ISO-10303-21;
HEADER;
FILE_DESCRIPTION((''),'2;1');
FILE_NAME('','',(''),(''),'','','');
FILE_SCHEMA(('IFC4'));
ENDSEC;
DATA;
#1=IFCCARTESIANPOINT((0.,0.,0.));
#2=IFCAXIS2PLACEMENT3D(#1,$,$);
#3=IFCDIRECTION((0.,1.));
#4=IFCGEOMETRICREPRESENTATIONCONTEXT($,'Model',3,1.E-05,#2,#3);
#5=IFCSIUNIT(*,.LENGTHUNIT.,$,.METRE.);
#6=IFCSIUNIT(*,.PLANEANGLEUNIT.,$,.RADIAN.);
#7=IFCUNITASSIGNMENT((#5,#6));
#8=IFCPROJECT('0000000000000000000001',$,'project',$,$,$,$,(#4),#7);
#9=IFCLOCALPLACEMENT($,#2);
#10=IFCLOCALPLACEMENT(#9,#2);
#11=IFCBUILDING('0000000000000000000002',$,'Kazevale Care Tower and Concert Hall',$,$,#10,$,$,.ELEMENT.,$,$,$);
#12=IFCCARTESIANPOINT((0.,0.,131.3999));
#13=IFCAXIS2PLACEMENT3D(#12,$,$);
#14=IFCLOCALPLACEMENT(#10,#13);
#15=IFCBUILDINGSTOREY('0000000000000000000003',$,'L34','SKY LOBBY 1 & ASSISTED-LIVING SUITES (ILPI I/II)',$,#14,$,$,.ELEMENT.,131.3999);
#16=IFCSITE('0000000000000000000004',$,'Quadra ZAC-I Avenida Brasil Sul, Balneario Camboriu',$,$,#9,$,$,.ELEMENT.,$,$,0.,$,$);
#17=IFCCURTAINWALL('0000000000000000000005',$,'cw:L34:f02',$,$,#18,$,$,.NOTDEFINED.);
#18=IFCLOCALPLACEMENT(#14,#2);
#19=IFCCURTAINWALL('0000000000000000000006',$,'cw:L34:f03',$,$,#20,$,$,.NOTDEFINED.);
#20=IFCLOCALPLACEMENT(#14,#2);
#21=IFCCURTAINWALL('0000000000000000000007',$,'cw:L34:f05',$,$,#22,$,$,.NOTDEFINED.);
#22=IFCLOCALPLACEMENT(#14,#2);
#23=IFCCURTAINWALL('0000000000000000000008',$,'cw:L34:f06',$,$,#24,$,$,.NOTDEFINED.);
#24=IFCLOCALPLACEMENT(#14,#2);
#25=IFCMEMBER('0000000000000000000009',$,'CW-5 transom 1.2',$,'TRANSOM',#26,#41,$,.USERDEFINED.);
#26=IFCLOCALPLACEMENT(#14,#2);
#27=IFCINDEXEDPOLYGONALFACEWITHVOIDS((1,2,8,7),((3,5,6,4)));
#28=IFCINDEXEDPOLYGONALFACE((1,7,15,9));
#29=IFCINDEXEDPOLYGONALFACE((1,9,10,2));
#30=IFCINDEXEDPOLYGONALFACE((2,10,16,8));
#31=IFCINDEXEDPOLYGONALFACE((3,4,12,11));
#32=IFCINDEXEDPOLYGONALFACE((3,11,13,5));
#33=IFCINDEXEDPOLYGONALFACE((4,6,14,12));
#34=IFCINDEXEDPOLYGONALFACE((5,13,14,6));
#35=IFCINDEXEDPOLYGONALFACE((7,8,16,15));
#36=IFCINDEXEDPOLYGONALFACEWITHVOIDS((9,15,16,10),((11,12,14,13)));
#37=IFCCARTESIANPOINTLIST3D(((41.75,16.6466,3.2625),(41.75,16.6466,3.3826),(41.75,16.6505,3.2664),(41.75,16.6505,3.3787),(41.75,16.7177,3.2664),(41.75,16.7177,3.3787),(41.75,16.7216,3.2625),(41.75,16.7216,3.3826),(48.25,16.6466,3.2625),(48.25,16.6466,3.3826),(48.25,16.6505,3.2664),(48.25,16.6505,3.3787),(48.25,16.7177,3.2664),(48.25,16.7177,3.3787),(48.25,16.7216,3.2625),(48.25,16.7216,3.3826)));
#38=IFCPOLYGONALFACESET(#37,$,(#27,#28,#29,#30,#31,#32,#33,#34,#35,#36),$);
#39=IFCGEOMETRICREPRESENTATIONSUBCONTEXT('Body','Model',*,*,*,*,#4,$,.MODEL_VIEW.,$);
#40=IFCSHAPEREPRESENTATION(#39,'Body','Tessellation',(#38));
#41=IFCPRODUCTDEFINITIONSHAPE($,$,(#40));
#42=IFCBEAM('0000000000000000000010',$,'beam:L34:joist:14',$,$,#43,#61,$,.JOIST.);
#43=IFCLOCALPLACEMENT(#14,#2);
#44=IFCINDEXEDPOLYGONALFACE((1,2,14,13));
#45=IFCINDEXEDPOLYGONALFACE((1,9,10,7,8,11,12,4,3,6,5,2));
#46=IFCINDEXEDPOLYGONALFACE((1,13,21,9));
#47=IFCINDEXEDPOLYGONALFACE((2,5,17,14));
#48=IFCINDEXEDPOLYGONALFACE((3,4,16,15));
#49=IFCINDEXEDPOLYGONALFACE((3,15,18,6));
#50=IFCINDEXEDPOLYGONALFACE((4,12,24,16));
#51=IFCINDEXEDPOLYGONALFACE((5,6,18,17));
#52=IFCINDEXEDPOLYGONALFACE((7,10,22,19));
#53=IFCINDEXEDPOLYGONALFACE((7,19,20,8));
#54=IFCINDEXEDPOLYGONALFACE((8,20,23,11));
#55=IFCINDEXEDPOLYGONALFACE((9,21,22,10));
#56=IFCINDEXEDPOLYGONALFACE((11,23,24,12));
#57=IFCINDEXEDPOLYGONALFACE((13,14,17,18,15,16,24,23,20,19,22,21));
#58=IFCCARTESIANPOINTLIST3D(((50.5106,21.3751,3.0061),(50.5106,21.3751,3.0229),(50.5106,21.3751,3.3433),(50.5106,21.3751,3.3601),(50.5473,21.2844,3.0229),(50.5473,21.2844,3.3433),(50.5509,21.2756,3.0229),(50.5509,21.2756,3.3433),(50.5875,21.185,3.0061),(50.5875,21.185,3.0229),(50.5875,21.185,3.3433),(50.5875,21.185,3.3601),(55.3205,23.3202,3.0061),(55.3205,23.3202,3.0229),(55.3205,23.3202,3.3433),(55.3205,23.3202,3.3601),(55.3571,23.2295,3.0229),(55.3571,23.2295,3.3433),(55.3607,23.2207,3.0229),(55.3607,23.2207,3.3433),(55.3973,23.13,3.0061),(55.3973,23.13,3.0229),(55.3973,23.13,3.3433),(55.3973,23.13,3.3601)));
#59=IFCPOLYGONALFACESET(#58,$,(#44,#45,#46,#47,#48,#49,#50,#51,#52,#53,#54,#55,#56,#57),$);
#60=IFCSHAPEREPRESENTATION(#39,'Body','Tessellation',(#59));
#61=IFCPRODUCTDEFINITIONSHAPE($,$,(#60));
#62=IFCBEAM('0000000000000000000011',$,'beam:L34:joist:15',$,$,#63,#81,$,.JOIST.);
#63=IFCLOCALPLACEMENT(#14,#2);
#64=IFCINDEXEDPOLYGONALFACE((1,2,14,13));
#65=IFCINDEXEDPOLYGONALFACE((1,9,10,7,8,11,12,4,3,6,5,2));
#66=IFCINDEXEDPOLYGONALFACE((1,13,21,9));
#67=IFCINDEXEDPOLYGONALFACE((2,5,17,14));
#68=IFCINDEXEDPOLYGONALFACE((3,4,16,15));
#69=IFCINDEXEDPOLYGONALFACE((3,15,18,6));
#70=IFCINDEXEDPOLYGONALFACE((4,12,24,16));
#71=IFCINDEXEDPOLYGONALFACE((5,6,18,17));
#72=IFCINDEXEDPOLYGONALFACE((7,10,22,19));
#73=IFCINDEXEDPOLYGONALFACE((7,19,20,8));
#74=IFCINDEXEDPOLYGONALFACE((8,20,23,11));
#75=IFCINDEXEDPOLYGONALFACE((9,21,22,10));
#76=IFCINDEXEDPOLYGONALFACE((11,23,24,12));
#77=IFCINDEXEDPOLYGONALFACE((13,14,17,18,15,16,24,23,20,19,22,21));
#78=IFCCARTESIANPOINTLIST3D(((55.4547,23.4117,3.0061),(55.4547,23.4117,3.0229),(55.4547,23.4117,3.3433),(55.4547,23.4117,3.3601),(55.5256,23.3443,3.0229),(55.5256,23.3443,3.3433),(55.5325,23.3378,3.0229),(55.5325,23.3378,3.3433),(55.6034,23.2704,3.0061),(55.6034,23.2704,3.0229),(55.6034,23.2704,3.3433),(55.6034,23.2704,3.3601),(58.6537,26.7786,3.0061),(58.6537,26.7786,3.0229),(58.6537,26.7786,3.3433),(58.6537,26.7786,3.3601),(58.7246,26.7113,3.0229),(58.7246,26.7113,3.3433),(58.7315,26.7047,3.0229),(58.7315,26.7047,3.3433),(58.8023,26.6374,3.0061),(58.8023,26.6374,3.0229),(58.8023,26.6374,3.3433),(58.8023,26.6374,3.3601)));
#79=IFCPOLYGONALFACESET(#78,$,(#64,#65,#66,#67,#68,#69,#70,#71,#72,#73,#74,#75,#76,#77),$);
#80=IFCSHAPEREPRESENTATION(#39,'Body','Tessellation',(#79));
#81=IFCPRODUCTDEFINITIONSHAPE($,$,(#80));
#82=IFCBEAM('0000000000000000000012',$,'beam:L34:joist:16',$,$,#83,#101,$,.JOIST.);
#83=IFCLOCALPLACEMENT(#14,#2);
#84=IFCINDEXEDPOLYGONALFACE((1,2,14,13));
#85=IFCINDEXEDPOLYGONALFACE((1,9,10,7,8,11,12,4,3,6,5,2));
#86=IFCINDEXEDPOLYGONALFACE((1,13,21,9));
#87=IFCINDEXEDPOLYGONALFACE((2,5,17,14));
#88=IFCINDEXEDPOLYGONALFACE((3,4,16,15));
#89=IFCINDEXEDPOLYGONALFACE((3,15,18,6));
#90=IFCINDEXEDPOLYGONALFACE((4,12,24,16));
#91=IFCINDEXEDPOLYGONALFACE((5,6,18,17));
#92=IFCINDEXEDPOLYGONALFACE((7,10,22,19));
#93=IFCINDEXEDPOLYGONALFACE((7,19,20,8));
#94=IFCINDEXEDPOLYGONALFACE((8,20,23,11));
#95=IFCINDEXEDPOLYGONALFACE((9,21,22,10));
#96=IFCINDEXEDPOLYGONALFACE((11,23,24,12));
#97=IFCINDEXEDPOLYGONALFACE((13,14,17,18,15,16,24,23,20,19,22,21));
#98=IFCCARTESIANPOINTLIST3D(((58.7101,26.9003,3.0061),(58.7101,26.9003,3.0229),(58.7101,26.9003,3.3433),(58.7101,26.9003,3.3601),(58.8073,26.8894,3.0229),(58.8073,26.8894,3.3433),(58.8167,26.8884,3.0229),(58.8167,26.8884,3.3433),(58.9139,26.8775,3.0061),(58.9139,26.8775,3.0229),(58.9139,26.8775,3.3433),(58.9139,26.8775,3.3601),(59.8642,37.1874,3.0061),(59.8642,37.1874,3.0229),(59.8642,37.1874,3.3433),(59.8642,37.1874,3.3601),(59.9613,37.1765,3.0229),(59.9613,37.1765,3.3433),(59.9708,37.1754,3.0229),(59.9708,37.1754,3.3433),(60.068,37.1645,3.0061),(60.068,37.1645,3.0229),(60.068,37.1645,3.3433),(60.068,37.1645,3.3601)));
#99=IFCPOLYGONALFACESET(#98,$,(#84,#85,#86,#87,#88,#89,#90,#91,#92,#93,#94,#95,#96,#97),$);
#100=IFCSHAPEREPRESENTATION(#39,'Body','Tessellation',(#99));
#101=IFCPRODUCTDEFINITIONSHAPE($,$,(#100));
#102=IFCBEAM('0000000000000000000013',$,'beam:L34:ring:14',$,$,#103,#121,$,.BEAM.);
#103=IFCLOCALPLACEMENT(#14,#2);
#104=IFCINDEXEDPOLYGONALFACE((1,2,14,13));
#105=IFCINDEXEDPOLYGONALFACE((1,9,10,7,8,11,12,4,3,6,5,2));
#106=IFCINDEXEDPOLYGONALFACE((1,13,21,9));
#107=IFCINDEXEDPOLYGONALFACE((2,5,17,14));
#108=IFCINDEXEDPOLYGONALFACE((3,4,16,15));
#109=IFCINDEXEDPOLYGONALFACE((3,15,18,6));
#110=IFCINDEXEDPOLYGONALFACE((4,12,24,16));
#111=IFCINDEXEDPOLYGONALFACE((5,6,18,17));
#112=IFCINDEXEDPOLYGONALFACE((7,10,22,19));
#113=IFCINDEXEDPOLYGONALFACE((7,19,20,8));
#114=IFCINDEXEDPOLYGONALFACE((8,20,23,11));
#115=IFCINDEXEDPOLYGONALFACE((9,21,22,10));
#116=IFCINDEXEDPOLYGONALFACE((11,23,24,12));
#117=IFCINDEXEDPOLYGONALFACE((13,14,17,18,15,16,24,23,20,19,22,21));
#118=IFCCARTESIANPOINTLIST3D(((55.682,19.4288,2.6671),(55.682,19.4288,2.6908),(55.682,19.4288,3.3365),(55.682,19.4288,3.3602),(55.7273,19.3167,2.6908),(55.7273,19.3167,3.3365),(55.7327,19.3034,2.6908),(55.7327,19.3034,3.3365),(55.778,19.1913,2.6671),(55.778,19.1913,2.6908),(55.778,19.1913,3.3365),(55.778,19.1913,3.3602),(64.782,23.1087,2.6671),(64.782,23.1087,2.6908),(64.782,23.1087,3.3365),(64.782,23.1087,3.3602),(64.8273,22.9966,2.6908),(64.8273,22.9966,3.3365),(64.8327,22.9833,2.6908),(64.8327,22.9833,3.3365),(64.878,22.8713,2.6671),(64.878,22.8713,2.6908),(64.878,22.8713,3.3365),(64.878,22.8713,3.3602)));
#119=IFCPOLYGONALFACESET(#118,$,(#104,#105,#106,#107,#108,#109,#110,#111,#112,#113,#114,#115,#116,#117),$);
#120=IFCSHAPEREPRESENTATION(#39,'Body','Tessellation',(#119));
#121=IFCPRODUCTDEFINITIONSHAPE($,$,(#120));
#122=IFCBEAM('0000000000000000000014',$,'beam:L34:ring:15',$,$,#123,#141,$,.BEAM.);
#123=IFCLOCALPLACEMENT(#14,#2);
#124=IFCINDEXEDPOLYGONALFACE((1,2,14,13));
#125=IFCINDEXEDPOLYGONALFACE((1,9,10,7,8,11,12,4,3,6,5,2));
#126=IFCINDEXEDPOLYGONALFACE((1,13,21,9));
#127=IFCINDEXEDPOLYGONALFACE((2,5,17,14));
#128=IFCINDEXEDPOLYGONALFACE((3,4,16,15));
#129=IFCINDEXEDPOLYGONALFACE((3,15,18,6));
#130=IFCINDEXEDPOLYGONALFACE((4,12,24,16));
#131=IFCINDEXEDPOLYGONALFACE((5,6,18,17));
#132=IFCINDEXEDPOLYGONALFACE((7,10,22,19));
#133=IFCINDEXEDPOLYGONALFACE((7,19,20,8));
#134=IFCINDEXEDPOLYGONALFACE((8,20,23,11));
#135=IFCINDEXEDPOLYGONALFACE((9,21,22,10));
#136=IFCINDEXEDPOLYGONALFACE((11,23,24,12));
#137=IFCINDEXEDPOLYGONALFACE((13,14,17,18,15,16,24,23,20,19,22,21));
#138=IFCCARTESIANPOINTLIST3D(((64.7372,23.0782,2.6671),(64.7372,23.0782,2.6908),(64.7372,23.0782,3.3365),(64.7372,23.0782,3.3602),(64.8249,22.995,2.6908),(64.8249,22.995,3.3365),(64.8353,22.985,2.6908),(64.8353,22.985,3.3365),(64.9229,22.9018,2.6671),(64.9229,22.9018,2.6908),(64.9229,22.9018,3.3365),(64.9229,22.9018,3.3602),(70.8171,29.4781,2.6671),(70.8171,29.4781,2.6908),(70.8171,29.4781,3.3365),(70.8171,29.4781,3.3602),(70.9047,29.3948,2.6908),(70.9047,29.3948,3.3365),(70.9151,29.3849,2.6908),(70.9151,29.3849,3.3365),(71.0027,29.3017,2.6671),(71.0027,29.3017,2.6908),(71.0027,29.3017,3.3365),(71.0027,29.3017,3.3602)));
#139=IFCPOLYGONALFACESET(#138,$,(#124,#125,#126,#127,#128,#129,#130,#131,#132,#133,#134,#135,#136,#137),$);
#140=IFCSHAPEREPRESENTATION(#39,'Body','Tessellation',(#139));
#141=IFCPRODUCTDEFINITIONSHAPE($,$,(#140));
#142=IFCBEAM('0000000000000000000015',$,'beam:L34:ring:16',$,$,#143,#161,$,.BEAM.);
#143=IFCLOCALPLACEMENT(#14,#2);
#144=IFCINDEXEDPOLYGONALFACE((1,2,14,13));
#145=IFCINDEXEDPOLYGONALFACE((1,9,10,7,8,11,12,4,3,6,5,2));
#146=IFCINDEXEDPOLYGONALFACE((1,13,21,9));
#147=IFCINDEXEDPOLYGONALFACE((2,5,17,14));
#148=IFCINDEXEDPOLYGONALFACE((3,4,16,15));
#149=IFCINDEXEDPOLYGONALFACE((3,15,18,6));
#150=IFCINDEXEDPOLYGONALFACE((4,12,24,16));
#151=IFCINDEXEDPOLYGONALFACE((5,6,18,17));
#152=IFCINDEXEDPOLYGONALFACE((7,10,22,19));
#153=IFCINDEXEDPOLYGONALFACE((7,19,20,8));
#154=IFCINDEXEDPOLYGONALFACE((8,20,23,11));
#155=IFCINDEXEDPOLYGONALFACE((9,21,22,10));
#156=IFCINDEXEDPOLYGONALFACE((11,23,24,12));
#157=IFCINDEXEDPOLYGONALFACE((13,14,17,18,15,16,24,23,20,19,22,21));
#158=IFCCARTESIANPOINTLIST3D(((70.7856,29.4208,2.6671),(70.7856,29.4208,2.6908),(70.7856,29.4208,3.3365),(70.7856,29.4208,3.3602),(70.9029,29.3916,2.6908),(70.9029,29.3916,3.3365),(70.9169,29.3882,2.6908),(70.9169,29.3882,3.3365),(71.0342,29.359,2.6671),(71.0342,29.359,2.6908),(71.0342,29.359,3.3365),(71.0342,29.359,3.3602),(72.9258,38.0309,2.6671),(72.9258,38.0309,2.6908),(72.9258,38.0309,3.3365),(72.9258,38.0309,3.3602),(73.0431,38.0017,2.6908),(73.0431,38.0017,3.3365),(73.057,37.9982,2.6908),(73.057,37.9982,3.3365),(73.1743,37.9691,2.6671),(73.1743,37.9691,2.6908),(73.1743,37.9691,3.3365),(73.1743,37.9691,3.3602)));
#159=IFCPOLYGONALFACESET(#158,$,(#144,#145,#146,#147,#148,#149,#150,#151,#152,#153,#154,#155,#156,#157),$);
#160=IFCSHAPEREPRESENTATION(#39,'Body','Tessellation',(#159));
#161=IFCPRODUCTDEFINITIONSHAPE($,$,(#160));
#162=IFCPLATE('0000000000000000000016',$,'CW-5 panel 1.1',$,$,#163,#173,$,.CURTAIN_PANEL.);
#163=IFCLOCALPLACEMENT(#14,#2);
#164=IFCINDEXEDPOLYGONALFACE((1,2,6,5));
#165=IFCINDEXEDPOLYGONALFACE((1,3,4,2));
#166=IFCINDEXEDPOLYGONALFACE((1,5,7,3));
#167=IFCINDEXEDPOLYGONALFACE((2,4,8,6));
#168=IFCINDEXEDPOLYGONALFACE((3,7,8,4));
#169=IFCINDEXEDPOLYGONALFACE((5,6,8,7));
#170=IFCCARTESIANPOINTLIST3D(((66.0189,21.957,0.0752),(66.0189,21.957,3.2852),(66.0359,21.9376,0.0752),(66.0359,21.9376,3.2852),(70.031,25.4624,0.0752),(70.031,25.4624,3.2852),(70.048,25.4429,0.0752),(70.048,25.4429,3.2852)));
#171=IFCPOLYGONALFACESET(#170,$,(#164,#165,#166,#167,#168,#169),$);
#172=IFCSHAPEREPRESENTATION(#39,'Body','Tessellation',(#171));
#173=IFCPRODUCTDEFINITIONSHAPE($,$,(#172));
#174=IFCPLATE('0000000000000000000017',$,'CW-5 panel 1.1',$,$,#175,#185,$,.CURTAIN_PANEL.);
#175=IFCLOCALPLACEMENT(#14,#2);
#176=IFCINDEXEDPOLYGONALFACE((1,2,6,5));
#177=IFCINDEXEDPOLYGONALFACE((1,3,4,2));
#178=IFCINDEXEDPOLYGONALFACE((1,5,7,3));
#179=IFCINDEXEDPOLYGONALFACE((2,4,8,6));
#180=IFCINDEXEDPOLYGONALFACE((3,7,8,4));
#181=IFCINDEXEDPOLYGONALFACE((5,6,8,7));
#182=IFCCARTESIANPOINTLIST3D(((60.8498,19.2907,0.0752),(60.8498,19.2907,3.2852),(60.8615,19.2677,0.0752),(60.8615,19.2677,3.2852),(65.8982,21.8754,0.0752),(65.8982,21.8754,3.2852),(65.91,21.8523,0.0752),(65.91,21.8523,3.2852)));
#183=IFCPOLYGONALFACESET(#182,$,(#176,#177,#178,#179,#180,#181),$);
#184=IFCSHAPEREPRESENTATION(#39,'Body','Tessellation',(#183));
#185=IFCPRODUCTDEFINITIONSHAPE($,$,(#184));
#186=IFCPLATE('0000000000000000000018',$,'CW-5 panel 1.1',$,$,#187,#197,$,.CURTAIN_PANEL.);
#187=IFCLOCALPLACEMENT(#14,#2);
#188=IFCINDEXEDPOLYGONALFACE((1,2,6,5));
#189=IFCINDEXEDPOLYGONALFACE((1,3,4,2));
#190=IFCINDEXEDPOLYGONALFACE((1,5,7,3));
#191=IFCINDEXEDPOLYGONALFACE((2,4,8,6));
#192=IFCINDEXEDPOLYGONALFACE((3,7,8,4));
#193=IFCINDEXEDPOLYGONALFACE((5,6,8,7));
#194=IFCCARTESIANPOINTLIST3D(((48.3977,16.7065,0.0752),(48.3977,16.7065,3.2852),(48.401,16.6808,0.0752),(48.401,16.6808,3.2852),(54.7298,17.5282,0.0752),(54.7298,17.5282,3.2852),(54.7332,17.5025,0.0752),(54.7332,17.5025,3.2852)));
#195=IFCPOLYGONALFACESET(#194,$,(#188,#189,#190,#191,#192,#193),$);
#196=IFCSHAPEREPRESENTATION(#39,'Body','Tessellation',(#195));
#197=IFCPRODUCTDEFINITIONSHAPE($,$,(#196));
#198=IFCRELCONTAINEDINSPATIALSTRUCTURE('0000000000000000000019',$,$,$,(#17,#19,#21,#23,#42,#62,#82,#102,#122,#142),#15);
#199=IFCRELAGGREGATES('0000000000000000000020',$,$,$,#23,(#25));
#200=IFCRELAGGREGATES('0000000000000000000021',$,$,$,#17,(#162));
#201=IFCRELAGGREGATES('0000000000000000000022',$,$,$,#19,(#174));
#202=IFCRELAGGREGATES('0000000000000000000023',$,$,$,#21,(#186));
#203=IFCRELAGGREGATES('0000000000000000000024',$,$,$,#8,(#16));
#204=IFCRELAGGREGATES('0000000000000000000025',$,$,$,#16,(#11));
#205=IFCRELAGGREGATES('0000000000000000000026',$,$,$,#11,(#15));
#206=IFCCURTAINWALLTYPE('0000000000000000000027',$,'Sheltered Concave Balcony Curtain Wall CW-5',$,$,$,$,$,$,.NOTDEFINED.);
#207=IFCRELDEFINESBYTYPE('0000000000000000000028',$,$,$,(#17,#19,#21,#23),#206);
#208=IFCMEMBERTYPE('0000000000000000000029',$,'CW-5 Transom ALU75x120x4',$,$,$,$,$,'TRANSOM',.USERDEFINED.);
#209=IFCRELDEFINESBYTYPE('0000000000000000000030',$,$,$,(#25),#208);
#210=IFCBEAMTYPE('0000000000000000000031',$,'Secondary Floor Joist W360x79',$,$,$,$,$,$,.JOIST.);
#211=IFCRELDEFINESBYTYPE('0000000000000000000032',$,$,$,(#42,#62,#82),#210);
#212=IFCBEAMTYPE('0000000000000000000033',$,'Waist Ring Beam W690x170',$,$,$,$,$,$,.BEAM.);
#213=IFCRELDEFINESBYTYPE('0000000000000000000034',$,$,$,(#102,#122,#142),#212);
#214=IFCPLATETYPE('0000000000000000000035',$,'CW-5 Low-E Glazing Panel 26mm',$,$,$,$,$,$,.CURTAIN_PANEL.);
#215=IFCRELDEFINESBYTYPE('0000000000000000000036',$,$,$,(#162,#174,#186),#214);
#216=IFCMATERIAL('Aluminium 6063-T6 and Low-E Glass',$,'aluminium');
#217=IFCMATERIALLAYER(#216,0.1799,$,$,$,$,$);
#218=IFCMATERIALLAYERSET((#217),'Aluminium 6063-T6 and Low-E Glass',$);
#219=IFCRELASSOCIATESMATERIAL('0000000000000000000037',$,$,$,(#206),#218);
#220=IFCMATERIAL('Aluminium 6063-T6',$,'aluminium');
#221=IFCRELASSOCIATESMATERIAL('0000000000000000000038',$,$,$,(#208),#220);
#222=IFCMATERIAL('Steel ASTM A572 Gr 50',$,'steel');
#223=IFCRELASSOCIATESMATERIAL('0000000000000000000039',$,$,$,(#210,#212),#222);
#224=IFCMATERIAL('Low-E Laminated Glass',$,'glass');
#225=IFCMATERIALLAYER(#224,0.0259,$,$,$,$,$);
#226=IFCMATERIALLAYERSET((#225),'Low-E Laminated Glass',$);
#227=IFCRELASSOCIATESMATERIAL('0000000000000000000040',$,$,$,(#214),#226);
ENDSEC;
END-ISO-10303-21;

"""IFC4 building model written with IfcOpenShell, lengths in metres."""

from ifc_helpers import new_model, si_unit, direction, frame, origin, origin_2d, place, context, subcontext, project, spatial, rectangle, hollow_rectangle, i_section, extrude, material, layer, layer_set, material_profile, profile_set, type_object, element, aggregate, save


model = new_model("IFC4")

# Units and contexts
model_context = context("Model", 3, precision=1e-05, world=origin(), true_north=direction((0.0, 1.0)))
body_context = subcontext(model_context, "Body", "Model", "MODEL_VIEW")
ifc_project = project(units=[si_unit("LENGTHUNIT", "METRE"), si_unit("PLANEANGLEUNIT", "RADIAN")], contexts=[model_context])

# Site, building, storey
site_placement = place(None, origin())
site = spatial("IfcSite", under=ifc_project, at=site_placement, Name="Quadra ZAC-I Avenida Brasil Sul, Balneario Camboriu", CompositionType="ELEMENT", RefElevation=0.0)
building_placement = place(site_placement, origin())
building = spatial("IfcBuilding", under=site, at=building_placement, Name="Kazevale Care Tower and Concert Hall", CompositionType="ELEMENT")
storey_placement = place(building_placement, frame((0.0, 0.0, 131.3999)))
storey = spatial("IfcBuildingStorey", under=building, at=storey_placement, Name="L34", Description="SKY LOBBY 1 & ASSISTED-LIVING SUITES (ILPI I/II)", CompositionType="ELEMENT", Elevation=131.3999)

# Curtain walls
ifc_material_1 = material(Name="Aluminium 6063-T6 and Low-E Glass", Category="aluminium")
ifc_layer_1 = layer(ifc_material_1, 0.1799)
ifc_layer_set_1 = layer_set([ifc_layer_1], Name="Aluminium 6063-T6 and Low-E Glass")
curtain_wall_type = type_object("IfcCurtainWallType", Name="Sheltered Concave Balcony Curtain Wall CW-5", PredefinedType="NOTDEFINED", material=ifc_layer_set_1)
curtain_wall_1_placement = place(storey_placement, origin())
curtain_wall_1 = element("IfcCurtainWall", 1, at=curtain_wall_1_placement, inside=storey, type_object=curtain_wall_type, Name="cw:L34:f02", PredefinedType="NOTDEFINED")
ifc_material_2 = material(Name="Aluminium 6063-T6", Category="aluminium")
curtain_wall_2_placement = place(storey_placement, origin())
curtain_wall_2 = element("IfcCurtainWall", 2, at=curtain_wall_2_placement, inside=storey, type_object=curtain_wall_type, Name="cw:L34:f03", PredefinedType="NOTDEFINED")
curtain_wall_3_placement = place(storey_placement, origin())
curtain_wall_3 = element("IfcCurtainWall", 3, at=curtain_wall_3_placement, inside=storey, type_object=curtain_wall_type, Name="cw:L34:f05", PredefinedType="NOTDEFINED")

# Curtain wall
curtain_wall_4_placement = place(storey_placement, origin())
curtain_wall_4 = element("IfcCurtainWall", 4, at=curtain_wall_4_placement, inside=storey, type_object=curtain_wall_type, Name="cw:L34:f06", PredefinedType="NOTDEFINED")

# Member
ifc_material_profile_1 = material_profile(ifc_material_2, hollow_rectangle(XDim=0.075, YDim=0.1201, WallThickness=0.0039, at=origin_2d()), Name="ALU75x120x4")
ifc_profile_set_1 = profile_set([ifc_material_profile_1], Name="Aluminium 6063-T6")
member_type_1 = type_object("IfcMemberType", Name="CW-5 Transom ALU75x120x4", ElementType="TRANSOM", PredefinedType="USERDEFINED", material=ifc_profile_set_1)
member_1_placement = place(storey_placement, frame((48.25, 16.6841, 3.3225), z_axis=(-1.0, 0.0, 0.0), x_axis=(0.0, -1.0, 0.0)))
member_1 = element("IfcMember", 5, at=member_1_placement, type_object=member_type_1, Name="CW-5 transom 1.2", ObjectType="TRANSOM", PredefinedType="USERDEFINED", context=body_context, shape_type="SweptSolid", body=[
    extrude(hollow_rectangle(XDim=0.075, YDim=0.1201, WallThickness=0.0039, at=origin_2d()), origin(), (0.0, 0.0, 1.0), 6.5),
])
aggregate(curtain_wall_4, [member_1])

# Beams
ifc_material_3 = material(Name="Steel ASTM A572 Gr 50", Category="steel")
ifc_material_profile_2 = material_profile(ifc_material_3, i_section(OverallWidth=0.2051, OverallDepth=0.354, WebThickness=0.0095, FlangeThickness=0.0168, at=origin_2d()), Name="W360x79")
ifc_profile_set_2 = profile_set([ifc_material_profile_2], Name="Steel ASTM A572 Gr 50")
beam_type_1 = type_object("IfcBeamType", Name="Secondary Floor Joist W360x79", PredefinedType="JOIST", material=ifc_profile_set_2)
beam_1_placement = place(storey_placement, frame((50.5491, 21.28, 3.1831), z_axis=(0.927065, 0.374901, 0.0), x_axis=(-0.374901, 0.927065, 0.0)))
element("IfcBeam", 6, at=beam_1_placement, inside=storey, type_object=beam_type_1, Name="beam:L34:joist:14", PredefinedType="JOIST", context=body_context, shape_type="SweptSolid", body=[
    extrude(i_section(OverallWidth=0.2051, OverallDepth=0.354, WebThickness=0.0095, FlangeThickness=0.0168, at=origin_2d()), origin(), (0.0, 0.0, 1.0), 5.1882),
])
beam_2_placement = place(storey_placement, frame((55.5291, 23.3411, 3.1831), z_axis=(0.688792, 0.724959, 0.0), x_axis=(-0.724959, 0.688792, 0.0)))
element("IfcBeam", 7, at=beam_2_placement, inside=storey, type_object=beam_type_1, Name="beam:L34:joist:15", PredefinedType="JOIST", context=body_context, shape_type="SweptSolid", body=[
    extrude(i_section(OverallWidth=0.2051, OverallDepth=0.354, WebThickness=0.0095, FlangeThickness=0.0168, at=origin_2d()), origin(), (0.0, 0.0, 1.0), 4.6443),
])
beam_3_placement = place(storey_placement, frame((58.812, 26.8889, 3.1831), z_axis=(0.111485, 0.993766, 0.0), x_axis=(-0.993766, 0.111485, 0.0)))
element("IfcBeam", 8, at=beam_3_placement, inside=storey, type_object=beam_type_1, Name="beam:L34:joist:16", PredefinedType="JOIST", context=body_context, shape_type="SweptSolid", body=[
    extrude(i_section(OverallWidth=0.2051, OverallDepth=0.354, WebThickness=0.0095, FlangeThickness=0.0168, at=origin_2d()), origin(), (0.0, 0.0, 1.0), 10.3516),
])
ifc_material_profile_3 = material_profile(ifc_material_3, i_section(OverallWidth=0.2561, OverallDepth=0.6931, WebThickness=0.0144, FlangeThickness=0.0237, at=origin_2d()), Name="W690x170")
ifc_profile_set_3 = profile_set([ifc_material_profile_3], Name="Steel ASTM A572 Gr 50")
beam_type_2 = type_object("IfcBeamType", Name="Waist Ring Beam W690x170", PredefinedType="BEAM", material=ifc_profile_set_3)
beam_4_placement = place(storey_placement, frame((55.73, 19.3101, 3.0137), z_axis=(0.927069, 0.374892, 0.0), x_axis=(-0.374892, 0.927069, 0.0)))
element("IfcBeam", 9, at=beam_4_placement, inside=storey, type_object=beam_type_2, Name="beam:L34:ring:14", PredefinedType="BEAM", context=body_context, shape_type="SweptSolid", body=[
    extrude(i_section(OverallWidth=0.2561, OverallDepth=0.6931, WebThickness=0.0144, FlangeThickness=0.0237, at=origin_2d()), origin(), (0.0, 0.0, 1.0), 9.8159),
])
beam_5_placement = place(storey_placement, frame((64.8301, 22.99, 3.0137), z_axis=(0.688745, 0.725004, 0.0), x_axis=(-0.725004, 0.688745, 0.0)))
element("IfcBeam", 10, at=beam_5_placement, inside=storey, type_object=beam_type_2, Name="beam:L34:ring:15", PredefinedType="BEAM", context=body_context, shape_type="SweptSolid", body=[
    extrude(i_section(OverallWidth=0.2561, OverallDepth=0.6931, WebThickness=0.0144, FlangeThickness=0.0237, at=origin_2d()), origin(), (0.0, 0.0, 1.0), 8.8274),
])
beam_6_placement = place(storey_placement, frame((70.9099, 29.3899, 3.0137), z_axis=(0.241221, 0.97047, 0.0), x_axis=(-0.97047, 0.241221, 0.0)))
element("IfcBeam", 11, at=beam_6_placement, inside=storey, type_object=beam_type_2, Name="beam:L34:ring:16", PredefinedType="BEAM", context=body_context, shape_type="SweptSolid", body=[
    extrude(i_section(OverallWidth=0.2561, OverallDepth=0.6931, WebThickness=0.0144, FlangeThickness=0.0237, at=origin_2d()), origin(), (0.0, 0.0, 1.0), 8.8721),
])

# Plates
ifc_material_4 = material(Name="Low-E Laminated Glass", Category="glass")
ifc_layer_2 = layer(ifc_material_4, 0.0259)
ifc_layer_set_2 = layer_set([ifc_layer_2], Name="Low-E Laminated Glass")
plate_type = type_object("IfcPlateType", Name="CW-5 Low-E Glazing Panel 26mm", PredefinedType="CURTAIN_PANEL", material=ifc_layer_set_2)
plate_1_placement = place(storey_placement, frame((68.0334, 23.7, 0.0752), z_axis=(0.0, 0.0, 1.0), x_axis=(-0.753063, -0.657949, 0.0)))
plate_1 = element("IfcPlate", 12, at=plate_1_placement, type_object=plate_type, Name="CW-5 panel 1.1", PredefinedType="CURTAIN_PANEL", context=body_context, shape_type="SweptSolid", body=[
    extrude(rectangle(XDim=5.3276, YDim=0.0259, at=origin_2d()), origin(), (0.0, 0.0, 1.0), 3.21),
])
aggregate(curtain_wall_1, [plate_1])
plate_2_placement = place(storey_placement, frame((63.3799, 20.5715, 0.0752), z_axis=(0.0, 0.0, 1.0), x_axis=(-0.890127, -0.455713, 0.0)))
plate_2 = element("IfcPlate", 13, at=plate_2_placement, type_object=plate_type, Name="CW-5 panel 1.1", PredefinedType="CURTAIN_PANEL", context=body_context, shape_type="SweptSolid", body=[
    extrude(rectangle(XDim=5.6716, YDim=0.0259, at=origin_2d()), origin(), (0.0, 0.0, 1.0), 3.21),
])
aggregate(curtain_wall_2, [plate_2])
plate_3_placement = place(storey_placement, frame((51.5654, 17.1045, 0.0752), z_axis=(0.0, 0.0, 1.0), x_axis=(-0.991686, -0.128685, 0.0)))
plate_3 = element("IfcPlate", 14, at=plate_3_placement, type_object=plate_type, Name="CW-5 panel 1.1", PredefinedType="CURTAIN_PANEL", context=body_context, shape_type="SweptSolid", body=[
    extrude(rectangle(XDim=6.3853, YDim=0.0259, at=origin_2d()), origin(), (0.0, 0.0, 1.0), 3.21),
])
aggregate(curtain_wall_3, [plate_3])

save(model, "model.ifc")
